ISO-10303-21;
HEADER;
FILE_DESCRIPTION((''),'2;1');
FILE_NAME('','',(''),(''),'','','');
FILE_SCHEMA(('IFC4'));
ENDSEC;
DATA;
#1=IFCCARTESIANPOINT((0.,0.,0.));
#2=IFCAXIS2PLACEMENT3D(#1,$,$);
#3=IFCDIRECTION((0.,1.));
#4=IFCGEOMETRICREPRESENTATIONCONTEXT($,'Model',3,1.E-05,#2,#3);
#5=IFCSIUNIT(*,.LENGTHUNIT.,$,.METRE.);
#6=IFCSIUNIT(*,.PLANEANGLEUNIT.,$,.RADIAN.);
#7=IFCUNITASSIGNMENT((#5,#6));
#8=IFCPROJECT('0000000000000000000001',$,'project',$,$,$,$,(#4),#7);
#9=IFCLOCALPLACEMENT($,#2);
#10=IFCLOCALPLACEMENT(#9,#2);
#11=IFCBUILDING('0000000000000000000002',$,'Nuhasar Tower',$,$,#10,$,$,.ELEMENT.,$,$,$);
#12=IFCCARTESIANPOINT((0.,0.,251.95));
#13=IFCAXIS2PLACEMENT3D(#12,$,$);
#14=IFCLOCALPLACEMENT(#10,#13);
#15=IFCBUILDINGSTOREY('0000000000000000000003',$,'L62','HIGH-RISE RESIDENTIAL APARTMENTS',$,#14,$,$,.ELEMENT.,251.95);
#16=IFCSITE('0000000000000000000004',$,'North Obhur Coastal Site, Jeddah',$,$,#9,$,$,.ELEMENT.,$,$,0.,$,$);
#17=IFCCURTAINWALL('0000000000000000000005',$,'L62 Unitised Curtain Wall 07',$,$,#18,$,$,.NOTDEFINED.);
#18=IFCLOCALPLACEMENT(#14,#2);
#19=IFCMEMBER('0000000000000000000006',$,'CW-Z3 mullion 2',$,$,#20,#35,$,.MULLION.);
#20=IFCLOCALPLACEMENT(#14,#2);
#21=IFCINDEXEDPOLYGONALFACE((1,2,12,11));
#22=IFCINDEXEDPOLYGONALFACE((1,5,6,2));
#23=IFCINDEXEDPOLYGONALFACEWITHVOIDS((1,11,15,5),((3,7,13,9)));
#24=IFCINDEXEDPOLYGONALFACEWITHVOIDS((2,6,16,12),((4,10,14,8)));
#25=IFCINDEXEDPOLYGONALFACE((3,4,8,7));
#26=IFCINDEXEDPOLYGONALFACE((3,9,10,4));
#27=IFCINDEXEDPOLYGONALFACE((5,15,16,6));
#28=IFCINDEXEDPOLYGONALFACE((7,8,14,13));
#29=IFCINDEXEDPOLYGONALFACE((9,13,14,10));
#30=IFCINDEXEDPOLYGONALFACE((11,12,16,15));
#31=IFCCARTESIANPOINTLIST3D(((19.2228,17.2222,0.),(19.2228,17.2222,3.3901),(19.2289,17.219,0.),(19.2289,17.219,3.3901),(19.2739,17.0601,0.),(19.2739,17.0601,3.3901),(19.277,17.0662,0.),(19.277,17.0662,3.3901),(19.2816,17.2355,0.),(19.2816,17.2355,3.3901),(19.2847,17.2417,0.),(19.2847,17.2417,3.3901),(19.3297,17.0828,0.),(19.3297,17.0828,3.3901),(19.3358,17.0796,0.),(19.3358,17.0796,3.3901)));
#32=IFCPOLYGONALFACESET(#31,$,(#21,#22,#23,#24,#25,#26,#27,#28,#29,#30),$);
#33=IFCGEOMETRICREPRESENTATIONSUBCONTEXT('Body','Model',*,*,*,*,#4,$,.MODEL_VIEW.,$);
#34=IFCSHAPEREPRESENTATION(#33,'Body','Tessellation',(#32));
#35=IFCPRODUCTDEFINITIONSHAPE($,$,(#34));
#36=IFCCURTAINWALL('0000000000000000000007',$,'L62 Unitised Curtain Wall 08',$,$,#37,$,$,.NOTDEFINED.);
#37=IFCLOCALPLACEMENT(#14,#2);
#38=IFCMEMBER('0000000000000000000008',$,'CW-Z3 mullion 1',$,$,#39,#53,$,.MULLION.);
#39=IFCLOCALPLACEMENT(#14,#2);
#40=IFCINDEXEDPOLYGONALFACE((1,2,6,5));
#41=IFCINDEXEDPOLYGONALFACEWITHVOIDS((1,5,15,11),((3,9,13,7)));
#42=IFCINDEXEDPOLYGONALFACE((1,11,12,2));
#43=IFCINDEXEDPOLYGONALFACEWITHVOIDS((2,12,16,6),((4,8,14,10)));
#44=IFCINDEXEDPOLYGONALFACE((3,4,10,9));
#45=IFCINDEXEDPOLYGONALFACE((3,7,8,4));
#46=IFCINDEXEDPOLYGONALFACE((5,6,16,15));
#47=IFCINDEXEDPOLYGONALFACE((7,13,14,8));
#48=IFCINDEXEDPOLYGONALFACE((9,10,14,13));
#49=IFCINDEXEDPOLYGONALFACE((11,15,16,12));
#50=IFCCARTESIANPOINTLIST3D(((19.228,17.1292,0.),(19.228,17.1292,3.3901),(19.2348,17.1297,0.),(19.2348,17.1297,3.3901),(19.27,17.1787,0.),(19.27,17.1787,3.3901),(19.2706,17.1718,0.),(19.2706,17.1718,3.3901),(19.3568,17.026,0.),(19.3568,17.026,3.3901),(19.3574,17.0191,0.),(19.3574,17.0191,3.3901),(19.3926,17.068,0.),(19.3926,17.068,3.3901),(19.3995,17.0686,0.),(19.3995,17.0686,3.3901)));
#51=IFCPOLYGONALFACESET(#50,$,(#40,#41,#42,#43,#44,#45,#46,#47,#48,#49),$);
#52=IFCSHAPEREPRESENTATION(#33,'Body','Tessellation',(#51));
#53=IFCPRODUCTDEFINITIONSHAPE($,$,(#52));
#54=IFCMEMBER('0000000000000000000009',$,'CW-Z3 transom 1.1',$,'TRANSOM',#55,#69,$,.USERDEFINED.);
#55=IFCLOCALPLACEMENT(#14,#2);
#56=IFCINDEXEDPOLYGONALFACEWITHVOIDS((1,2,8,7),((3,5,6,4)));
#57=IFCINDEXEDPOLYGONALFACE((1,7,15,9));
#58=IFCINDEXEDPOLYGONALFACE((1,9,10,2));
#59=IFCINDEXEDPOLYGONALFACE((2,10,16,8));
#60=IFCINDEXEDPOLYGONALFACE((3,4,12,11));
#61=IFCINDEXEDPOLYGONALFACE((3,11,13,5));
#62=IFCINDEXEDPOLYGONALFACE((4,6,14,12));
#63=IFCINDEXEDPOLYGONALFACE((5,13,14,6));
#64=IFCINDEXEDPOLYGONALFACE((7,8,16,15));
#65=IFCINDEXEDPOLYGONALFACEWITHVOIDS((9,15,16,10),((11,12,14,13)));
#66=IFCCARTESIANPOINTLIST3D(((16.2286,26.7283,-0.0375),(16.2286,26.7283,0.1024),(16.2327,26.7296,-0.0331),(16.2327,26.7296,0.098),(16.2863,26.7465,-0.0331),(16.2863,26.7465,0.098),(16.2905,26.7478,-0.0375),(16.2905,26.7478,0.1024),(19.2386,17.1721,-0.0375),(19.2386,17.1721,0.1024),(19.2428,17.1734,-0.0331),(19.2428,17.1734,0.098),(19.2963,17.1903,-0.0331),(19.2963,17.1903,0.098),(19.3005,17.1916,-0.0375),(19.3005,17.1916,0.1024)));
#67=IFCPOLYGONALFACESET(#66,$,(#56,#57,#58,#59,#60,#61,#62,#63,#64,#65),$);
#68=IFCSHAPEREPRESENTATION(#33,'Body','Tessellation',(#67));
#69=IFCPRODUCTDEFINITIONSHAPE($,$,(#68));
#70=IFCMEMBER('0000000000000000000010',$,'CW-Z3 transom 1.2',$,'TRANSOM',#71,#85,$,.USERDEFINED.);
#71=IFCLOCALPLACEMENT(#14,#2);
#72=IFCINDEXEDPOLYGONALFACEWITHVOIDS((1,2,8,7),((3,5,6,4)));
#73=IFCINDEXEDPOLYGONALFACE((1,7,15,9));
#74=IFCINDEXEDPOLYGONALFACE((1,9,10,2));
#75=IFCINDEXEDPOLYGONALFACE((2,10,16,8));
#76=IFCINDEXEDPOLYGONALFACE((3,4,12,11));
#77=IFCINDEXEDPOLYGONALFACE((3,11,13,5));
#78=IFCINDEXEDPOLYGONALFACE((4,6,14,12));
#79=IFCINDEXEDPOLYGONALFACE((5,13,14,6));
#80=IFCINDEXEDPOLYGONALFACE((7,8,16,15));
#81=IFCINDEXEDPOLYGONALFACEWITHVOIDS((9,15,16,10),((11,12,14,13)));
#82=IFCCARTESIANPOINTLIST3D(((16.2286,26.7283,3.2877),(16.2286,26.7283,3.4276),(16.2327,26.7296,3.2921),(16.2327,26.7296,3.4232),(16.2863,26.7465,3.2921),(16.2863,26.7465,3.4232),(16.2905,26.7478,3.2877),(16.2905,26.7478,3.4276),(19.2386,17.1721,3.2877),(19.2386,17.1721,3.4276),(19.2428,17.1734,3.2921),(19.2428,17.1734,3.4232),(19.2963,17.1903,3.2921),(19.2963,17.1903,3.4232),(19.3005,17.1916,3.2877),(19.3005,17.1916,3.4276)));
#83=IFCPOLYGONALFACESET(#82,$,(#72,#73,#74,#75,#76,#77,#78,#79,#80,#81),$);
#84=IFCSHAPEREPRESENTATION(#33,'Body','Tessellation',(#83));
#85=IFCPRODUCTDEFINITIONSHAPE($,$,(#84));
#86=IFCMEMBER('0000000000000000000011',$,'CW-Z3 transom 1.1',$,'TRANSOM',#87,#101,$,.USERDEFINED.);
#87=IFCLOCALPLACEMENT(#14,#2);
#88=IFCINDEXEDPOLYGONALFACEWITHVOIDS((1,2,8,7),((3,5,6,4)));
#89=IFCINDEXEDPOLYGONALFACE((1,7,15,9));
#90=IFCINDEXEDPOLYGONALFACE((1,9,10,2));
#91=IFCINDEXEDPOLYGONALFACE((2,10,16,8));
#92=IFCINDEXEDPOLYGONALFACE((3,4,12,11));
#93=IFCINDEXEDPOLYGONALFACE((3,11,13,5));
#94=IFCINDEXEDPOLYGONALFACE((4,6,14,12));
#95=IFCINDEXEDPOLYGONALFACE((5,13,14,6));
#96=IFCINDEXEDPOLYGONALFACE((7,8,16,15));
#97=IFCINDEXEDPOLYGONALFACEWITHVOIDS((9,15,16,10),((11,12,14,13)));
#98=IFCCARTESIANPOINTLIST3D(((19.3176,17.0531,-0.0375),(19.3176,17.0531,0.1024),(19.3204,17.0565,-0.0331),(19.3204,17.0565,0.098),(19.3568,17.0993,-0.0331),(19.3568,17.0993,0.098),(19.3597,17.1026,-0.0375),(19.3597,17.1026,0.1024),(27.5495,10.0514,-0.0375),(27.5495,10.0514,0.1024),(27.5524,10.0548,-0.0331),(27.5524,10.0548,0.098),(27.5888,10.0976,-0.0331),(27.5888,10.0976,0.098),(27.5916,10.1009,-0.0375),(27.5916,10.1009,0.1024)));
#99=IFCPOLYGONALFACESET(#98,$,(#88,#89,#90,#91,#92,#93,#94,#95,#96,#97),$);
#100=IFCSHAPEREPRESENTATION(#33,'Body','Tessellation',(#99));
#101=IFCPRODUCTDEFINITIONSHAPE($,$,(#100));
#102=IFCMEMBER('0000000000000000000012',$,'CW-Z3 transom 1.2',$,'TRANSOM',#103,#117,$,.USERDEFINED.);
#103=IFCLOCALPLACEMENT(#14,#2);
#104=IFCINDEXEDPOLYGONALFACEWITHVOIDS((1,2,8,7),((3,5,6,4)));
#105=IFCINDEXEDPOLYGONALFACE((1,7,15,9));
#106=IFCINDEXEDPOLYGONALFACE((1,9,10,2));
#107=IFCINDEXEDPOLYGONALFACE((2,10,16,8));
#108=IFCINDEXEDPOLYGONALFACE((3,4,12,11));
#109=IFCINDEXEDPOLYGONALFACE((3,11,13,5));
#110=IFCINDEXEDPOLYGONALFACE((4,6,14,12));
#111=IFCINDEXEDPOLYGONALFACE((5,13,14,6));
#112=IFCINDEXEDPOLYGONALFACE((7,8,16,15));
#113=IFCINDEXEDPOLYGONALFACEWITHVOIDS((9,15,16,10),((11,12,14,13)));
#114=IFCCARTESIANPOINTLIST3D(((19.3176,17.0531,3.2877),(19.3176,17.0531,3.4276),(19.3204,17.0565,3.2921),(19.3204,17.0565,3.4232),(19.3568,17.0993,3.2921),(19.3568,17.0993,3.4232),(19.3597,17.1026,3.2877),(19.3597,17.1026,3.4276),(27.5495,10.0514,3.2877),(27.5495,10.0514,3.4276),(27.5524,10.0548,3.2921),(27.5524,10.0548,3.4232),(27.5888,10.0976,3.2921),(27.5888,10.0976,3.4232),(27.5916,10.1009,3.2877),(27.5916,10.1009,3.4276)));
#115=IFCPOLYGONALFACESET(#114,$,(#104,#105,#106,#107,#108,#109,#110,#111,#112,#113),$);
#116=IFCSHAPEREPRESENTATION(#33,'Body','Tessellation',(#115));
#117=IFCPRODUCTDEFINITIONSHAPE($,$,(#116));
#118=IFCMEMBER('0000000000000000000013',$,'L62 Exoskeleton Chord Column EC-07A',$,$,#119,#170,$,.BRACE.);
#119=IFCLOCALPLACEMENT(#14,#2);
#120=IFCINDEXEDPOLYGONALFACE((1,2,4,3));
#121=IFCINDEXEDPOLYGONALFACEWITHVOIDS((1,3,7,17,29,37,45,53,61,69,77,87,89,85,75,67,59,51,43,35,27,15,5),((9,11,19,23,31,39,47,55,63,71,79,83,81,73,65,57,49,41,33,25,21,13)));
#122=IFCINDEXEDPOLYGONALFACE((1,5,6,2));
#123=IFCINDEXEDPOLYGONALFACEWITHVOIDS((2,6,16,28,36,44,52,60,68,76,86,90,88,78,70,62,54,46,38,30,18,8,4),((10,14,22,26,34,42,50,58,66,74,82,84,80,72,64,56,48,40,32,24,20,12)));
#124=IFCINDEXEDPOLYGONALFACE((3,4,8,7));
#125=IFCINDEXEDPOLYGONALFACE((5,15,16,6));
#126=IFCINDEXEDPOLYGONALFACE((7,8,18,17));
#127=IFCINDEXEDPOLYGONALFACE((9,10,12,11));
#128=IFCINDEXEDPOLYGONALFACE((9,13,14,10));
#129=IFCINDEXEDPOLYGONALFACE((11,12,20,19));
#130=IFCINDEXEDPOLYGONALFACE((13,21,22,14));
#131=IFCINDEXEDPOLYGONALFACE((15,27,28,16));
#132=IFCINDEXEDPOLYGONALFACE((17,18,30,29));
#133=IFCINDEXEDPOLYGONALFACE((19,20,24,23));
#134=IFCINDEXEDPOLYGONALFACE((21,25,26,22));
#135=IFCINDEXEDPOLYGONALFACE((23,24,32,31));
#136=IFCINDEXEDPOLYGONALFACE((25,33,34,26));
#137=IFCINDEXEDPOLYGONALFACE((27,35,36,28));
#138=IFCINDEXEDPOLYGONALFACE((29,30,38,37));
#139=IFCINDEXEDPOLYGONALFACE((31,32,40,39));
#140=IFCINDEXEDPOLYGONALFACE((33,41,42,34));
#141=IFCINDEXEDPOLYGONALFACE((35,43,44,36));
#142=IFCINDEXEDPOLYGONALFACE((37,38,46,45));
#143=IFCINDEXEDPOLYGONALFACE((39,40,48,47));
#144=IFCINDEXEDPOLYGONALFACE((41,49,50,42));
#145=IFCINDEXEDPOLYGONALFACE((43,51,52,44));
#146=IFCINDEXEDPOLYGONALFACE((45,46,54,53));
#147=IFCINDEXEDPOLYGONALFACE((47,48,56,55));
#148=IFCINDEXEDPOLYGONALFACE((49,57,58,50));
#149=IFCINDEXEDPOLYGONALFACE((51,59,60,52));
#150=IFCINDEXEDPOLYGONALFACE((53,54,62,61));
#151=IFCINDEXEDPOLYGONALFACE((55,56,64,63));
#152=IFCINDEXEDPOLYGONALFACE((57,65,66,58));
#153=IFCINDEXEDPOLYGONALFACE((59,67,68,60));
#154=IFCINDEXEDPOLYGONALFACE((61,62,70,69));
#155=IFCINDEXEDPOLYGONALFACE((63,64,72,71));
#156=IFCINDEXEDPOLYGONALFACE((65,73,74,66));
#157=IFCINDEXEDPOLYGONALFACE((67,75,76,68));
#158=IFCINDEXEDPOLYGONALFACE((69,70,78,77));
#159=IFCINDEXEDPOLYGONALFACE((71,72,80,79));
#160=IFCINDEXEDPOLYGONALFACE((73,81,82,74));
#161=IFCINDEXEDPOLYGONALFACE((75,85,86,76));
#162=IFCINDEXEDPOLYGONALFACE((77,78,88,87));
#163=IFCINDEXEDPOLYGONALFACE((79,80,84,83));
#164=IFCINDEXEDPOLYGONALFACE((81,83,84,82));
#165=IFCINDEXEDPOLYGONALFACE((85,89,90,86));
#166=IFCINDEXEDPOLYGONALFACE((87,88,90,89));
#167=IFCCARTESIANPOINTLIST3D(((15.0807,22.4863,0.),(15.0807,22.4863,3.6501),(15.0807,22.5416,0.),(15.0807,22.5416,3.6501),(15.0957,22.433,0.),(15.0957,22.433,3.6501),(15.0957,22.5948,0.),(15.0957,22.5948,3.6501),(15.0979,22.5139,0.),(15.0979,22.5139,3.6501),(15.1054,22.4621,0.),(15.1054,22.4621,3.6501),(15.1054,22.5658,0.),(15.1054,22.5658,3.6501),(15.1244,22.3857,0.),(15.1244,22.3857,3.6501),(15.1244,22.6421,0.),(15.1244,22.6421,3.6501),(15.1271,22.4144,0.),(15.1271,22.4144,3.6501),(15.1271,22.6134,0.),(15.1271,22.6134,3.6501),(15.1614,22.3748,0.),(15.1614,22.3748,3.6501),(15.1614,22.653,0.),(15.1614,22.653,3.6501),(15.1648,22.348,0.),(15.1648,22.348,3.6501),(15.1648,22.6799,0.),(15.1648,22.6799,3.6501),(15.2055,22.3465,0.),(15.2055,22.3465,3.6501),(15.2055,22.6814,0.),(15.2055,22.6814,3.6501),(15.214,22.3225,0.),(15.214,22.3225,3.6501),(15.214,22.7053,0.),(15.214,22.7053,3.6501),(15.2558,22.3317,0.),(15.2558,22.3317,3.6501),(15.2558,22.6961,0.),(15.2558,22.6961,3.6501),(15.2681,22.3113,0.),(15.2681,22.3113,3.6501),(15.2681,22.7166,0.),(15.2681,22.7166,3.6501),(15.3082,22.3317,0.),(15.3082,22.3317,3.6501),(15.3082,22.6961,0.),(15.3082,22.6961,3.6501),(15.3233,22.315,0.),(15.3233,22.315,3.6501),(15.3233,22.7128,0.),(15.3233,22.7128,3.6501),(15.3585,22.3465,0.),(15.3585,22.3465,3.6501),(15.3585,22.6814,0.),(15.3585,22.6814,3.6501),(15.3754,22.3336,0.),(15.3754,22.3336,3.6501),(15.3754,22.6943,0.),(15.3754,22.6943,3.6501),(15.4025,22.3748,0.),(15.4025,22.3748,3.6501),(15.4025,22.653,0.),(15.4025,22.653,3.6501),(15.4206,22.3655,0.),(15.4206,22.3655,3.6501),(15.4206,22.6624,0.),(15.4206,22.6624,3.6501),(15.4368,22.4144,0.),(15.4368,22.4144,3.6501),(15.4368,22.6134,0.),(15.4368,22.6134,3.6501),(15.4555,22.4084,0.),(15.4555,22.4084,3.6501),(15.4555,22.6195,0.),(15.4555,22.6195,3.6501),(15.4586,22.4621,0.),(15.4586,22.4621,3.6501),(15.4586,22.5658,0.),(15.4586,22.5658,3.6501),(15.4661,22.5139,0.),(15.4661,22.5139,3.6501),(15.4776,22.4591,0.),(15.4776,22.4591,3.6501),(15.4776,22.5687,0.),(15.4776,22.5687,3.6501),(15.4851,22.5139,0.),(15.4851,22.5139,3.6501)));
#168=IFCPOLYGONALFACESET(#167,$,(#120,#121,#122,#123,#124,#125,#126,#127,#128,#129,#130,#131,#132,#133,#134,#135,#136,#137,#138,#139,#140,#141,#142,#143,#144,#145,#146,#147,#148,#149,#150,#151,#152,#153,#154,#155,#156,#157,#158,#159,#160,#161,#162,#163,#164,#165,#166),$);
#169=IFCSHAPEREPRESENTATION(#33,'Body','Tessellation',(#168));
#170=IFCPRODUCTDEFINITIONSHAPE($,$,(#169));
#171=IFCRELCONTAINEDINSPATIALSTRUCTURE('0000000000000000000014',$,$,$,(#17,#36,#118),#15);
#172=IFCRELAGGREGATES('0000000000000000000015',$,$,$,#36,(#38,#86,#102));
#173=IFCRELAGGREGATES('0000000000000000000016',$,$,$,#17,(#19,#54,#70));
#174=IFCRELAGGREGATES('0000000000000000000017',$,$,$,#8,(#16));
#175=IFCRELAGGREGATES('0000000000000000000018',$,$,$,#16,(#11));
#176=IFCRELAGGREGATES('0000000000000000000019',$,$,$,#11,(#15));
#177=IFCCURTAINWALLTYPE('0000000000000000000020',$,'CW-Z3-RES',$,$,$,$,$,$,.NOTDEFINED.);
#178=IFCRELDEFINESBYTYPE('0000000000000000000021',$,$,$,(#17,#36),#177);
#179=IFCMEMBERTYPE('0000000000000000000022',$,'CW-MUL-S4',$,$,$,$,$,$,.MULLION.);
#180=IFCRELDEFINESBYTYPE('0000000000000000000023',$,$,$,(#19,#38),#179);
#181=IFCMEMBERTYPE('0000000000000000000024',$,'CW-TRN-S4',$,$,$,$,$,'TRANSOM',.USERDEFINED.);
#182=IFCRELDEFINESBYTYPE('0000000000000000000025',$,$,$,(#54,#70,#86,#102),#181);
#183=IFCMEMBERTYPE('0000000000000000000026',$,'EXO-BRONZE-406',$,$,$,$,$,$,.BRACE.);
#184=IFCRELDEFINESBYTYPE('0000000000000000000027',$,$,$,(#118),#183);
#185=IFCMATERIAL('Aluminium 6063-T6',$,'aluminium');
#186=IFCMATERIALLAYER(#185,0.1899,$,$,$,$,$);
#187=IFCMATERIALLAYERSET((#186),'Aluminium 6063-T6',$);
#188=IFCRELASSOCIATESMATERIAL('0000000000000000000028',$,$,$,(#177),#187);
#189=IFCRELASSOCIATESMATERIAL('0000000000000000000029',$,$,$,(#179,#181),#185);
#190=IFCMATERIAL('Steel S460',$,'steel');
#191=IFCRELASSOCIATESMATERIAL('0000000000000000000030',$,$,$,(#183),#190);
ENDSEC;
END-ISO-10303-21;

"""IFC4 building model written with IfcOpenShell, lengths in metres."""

from ifc_helpers import new_model, si_unit, direction, frame, origin, origin_2d, place, context, subcontext, project, spatial, hollow_rectangle, hollow_circle, extrude, material, layer, layer_set, material_profile, profile_set, type_object, element, aggregate, save


model = new_model("IFC4")

# Units and contexts
model_context = context("Model", 3, precision=1e-05, world=origin(), true_north=direction((0.0, 1.0)))
body_context = subcontext(model_context, "Body", "Model", "MODEL_VIEW")
ifc_project = project(units=[si_unit("LENGTHUNIT", "METRE"), si_unit("PLANEANGLEUNIT", "RADIAN")], contexts=[model_context])

# Site, building, storey
site_placement = place(None, origin())
site = spatial("IfcSite", under=ifc_project, at=site_placement, Name="North Obhur Coastal Site, Jeddah", CompositionType="ELEMENT", RefElevation=0.0)
building_placement = place(site_placement, origin())
building = spatial("IfcBuilding", under=site, at=building_placement, Name="Nuhasar Tower", CompositionType="ELEMENT")
storey_placement = place(building_placement, frame((0.0, 0.0, 251.95)))
storey = spatial("IfcBuildingStorey", under=building, at=storey_placement, Name="L62", Description="HIGH-RISE RESIDENTIAL APARTMENTS", CompositionType="ELEMENT", Elevation=251.95)

# Shared definitions
ifc_material_1 = material(Name="Aluminium 6063-T6", Category="aluminium")
ifc_layer_1 = layer(ifc_material_1, 0.1899)
ifc_layer_set_1 = layer_set([ifc_layer_1], Name="Aluminium 6063-T6")
curtain_wall_type = type_object("IfcCurtainWallType", Name="CW-Z3-RES", PredefinedType="NOTDEFINED", material=ifc_layer_set_1)
ifc_material_profile_1 = material_profile(ifc_material_1, hollow_rectangle(XDim=0.0649, YDim=0.1699, WallThickness=0.0049, at=origin_2d()), Name="CWM-4")
ifc_profile_set_1 = profile_set([ifc_material_profile_1], Name="Aluminium 6063-T6")
member_type_1 = type_object("IfcMemberType", Name="CW-MUL-S4", PredefinedType="MULLION", material=ifc_profile_set_1)

# Curtain wall, member
curtain_wall_1_placement = place(storey_placement, origin())
curtain_wall_1 = element("IfcCurtainWall", 1, at=curtain_wall_1_placement, inside=storey, type_object=curtain_wall_type, Name="L62 Unitised Curtain Wall 07", PredefinedType="NOTDEFINED")
member_1_placement = place(storey_placement, frame((19.2793, 17.1509, 0.0), z_axis=(0.0, 0.0, 1.0), x_axis=(0.953804, 0.300429, 0.0)))
member_1 = element("IfcMember", 2, at=member_1_placement, type_object=member_type_1, Name="CW-Z3 mullion 2", PredefinedType="MULLION", context=body_context, shape_type="SweptSolid", body=[
    extrude(hollow_rectangle(XDim=0.0649, YDim=0.1699, WallThickness=0.0049, at=origin_2d()), origin(), (0.0, 0.0, 1.0), 3.3901),
])

# Curtain wall, member
curtain_wall_2_placement = place(storey_placement, origin())
curtain_wall_2 = element("IfcCurtainWall", 3, at=curtain_wall_2_placement, inside=storey, type_object=curtain_wall_type, Name="L62 Unitised Curtain Wall 08", PredefinedType="NOTDEFINED")
member_2_placement = place(storey_placement, frame((19.3137, 17.0989, 0.0), z_axis=(0.0, 0.0, 1.0), x_axis=(0.647895, 0.761729, 0.0)))
member_2 = element("IfcMember", 4, at=member_2_placement, type_object=member_type_1, Name="CW-Z3 mullion 1", PredefinedType="MULLION", context=body_context, shape_type="SweptSolid", body=[
    extrude(hollow_rectangle(XDim=0.0649, YDim=0.1699, WallThickness=0.0049, at=origin_2d()), origin(), (0.0, 0.0, 1.0), 3.3901),
])

# Members
ifc_material_profile_2 = material_profile(ifc_material_1, hollow_rectangle(XDim=0.0649, YDim=0.1399, WallThickness=0.0044, at=origin_2d()), Name="CWT-4")
ifc_profile_set_2 = profile_set([ifc_material_profile_2], Name="Aluminium 6063-T6")
member_type_2 = type_object("IfcMemberType", Name="CW-TRN-S4", ElementType="TRANSOM", PredefinedType="USERDEFINED", material=ifc_profile_set_2)
member_3_placement = place(storey_placement, frame((16.2595, 26.738, 0.0325), z_axis=(0.30043, -0.953804, 0.0), x_axis=(0.953804, 0.30043, 0.0)))
member_3 = element("IfcMember", 5, at=member_3_placement, type_object=member_type_2, Name="CW-Z3 transom 1.1", ObjectType="TRANSOM", PredefinedType="USERDEFINED", context=body_context, shape_type="SweptSolid", body=[
    extrude(hollow_rectangle(XDim=0.0649, YDim=0.1399, WallThickness=0.0044, at=origin_2d()), origin(), (0.0, 0.0, 1.0), 10.019),
])
member_4_placement = place(storey_placement, frame((16.2595, 26.738, 3.3577), z_axis=(0.30043, -0.953804, 0.0), x_axis=(0.953804, 0.30043, 0.0)))
member_4 = element("IfcMember", 6, at=member_4_placement, type_object=member_type_2, Name="CW-Z3 transom 1.2", ObjectType="TRANSOM", PredefinedType="USERDEFINED", context=body_context, shape_type="SweptSolid", body=[
    extrude(hollow_rectangle(XDim=0.0649, YDim=0.1399, WallThickness=0.0044, at=origin_2d()), origin(), (0.0, 0.0, 1.0), 10.019),
])
member_5_placement = place(storey_placement, frame((19.3386, 17.0779, 0.0325), z_axis=(0.761731, -0.647894, 0.0), x_axis=(0.647894, 0.761731, 0.0)))
member_5 = element("IfcMember", 7, at=member_5_placement, type_object=member_type_2, Name="CW-Z3 transom 1.1", ObjectType="TRANSOM", PredefinedType="USERDEFINED", context=body_context, shape_type="SweptSolid", body=[
    extrude(hollow_rectangle(XDim=0.0649, YDim=0.1399, WallThickness=0.0044, at=origin_2d()), origin(), (0.0, 0.0, 1.0), 10.8069),
])
member_6_placement = place(storey_placement, frame((19.3386, 17.0779, 3.3577), z_axis=(0.761731, -0.647894, 0.0), x_axis=(0.647894, 0.761731, 0.0)))
member_6 = element("IfcMember", 8, at=member_6_placement, type_object=member_type_2, Name="CW-Z3 transom 1.2", ObjectType="TRANSOM", PredefinedType="USERDEFINED", context=body_context, shape_type="SweptSolid", body=[
    extrude(hollow_rectangle(XDim=0.0649, YDim=0.1399, WallThickness=0.0044, at=origin_2d()), origin(), (0.0, 0.0, 1.0), 10.8069),
])
aggregate(curtain_wall_2, [member_2, member_5, member_6])

# Member
ifc_material_2 = material(Name="Steel S460", Category="steel")
ifc_material_profile_3 = material_profile(ifc_material_2, hollow_circle(Radius=0.2031, WallThickness=0.019, at=origin_2d()), Name="HSS406.4X19.1")
ifc_profile_set_3 = profile_set([ifc_material_profile_3], Name="Steel S460")
member_type_3 = type_object("IfcMemberType", Name="EXO-BRONZE-406", PredefinedType="BRACE", material=ifc_profile_set_3)
for number, where, z_axis, x_axis, name in (
    (9, (15.282, 22.5139, 0.0), (0.0, 0.0, 1.0), (1.0, 0.0, 0.0), "L62 Exoskeleton Chord Column EC-07A"),
):
    element("IfcMember", number, at=place(storey_placement, frame(where, z_axis=z_axis, x_axis=x_axis)), inside=storey, type_object=member_type_3, Name=name, PredefinedType="BRACE", context=body_context, shape_type="SweptSolid", body=[
        extrude(hollow_circle(Radius=0.2031, WallThickness=0.019, at=origin_2d()), origin(), (0.0, 0.0, 1.0), 3.6501),
    ])

aggregate(curtain_wall_1, [member_1, member_3, member_4])

save(model, "model.ifc")
